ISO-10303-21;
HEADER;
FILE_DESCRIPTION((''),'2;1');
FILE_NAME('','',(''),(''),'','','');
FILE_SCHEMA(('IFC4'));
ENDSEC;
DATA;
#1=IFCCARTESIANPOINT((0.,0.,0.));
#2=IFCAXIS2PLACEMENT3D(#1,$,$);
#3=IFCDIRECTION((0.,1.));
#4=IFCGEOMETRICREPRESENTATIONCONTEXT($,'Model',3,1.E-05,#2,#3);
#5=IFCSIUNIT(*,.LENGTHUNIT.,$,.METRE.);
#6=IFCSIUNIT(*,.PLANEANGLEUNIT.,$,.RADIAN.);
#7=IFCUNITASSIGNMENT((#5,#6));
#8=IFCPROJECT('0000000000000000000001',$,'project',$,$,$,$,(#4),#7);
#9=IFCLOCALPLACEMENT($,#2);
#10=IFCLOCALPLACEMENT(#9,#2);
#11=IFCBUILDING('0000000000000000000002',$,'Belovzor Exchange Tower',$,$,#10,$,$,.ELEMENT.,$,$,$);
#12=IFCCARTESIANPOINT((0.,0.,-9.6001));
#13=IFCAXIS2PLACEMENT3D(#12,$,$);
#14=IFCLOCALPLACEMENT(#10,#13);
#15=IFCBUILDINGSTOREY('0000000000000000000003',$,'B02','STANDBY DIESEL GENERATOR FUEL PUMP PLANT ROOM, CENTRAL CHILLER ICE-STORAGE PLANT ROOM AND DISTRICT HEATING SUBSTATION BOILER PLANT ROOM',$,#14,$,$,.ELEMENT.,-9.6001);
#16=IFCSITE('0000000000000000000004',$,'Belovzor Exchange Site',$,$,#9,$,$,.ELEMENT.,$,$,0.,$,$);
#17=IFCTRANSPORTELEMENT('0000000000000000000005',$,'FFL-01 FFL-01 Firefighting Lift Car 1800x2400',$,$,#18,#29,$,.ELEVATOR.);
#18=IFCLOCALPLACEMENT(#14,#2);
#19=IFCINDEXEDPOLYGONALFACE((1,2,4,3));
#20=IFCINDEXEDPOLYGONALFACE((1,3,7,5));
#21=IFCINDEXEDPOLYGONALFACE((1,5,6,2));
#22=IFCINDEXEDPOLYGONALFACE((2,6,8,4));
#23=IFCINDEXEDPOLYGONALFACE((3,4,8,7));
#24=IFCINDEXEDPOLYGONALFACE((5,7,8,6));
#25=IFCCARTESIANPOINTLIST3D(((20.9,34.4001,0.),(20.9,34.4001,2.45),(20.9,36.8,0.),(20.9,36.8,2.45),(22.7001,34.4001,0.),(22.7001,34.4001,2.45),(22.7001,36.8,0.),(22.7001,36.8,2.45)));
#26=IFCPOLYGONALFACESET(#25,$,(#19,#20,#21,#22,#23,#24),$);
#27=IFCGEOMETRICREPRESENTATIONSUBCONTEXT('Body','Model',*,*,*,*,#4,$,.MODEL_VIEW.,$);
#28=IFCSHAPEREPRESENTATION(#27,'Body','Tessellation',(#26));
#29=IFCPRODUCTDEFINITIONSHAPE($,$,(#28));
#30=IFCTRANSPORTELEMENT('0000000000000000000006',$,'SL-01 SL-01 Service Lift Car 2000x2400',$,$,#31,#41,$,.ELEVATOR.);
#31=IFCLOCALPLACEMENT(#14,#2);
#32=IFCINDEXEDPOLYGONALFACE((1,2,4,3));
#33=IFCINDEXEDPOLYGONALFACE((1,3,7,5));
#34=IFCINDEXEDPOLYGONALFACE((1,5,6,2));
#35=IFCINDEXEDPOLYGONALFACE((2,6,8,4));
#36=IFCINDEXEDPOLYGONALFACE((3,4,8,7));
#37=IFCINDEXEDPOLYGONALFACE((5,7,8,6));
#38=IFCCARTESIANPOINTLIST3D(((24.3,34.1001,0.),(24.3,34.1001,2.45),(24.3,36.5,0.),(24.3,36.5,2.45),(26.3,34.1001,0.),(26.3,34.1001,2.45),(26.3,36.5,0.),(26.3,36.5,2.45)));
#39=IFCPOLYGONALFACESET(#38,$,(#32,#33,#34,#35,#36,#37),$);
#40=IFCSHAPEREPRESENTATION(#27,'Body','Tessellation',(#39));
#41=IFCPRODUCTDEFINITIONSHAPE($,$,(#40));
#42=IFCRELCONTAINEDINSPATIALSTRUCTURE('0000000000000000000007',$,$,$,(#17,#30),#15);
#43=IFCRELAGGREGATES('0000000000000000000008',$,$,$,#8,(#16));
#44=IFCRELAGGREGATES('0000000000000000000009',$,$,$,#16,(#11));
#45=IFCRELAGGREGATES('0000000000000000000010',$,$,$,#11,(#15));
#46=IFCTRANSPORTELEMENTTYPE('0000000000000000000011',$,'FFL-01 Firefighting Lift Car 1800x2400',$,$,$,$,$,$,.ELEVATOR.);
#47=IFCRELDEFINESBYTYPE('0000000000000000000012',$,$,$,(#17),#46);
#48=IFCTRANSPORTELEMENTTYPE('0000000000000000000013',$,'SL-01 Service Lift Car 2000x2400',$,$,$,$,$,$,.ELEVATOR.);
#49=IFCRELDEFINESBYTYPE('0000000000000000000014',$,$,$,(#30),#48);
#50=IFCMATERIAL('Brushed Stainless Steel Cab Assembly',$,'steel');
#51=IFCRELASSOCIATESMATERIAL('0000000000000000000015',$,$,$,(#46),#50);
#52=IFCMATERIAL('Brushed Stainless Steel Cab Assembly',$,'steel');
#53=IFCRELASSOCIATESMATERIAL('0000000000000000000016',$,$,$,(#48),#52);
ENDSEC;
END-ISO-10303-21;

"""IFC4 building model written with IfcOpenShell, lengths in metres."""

from ifc_helpers import new_model, si_unit, direction, frame, origin, origin_2d, place, context, subcontext, project, spatial, rectangle, extrude, material, type_object, element, save


model = new_model("IFC4")

# Units and contexts
model_context = context("Model", 3, precision=1e-05, world=origin(), true_north=direction((0.0, 1.0)))
body_context = subcontext(model_context, "Body", "Model", "MODEL_VIEW")
ifc_project = project(units=[si_unit("LENGTHUNIT", "METRE"), si_unit("PLANEANGLEUNIT", "RADIAN")], contexts=[model_context])

# Site, building, storey
site_placement = place(None, origin())
site = spatial("IfcSite", under=ifc_project, at=site_placement, Name="Belovzor Exchange Site", CompositionType="ELEMENT", RefElevation=0.0)
building_placement = place(site_placement, origin())
building = spatial("IfcBuilding", under=site, at=building_placement, Name="Belovzor Exchange Tower", CompositionType="ELEMENT")
storey_placement = place(building_placement, frame((0.0, 0.0, -9.6001)))
storey = spatial("IfcBuildingStorey", under=building, at=storey_placement, Name="B02", Description="STANDBY DIESEL GENERATOR FUEL PUMP PLANT ROOM, CENTRAL CHILLER ICE-STORAGE PLANT ROOM AND DISTRICT HEATING SUBSTATION BOILER PLANT ROOM", CompositionType="ELEMENT", Elevation=-9.6001)

# Transport elements
ifc_material_1 = material(Name="Brushed Stainless Steel Cab Assembly", Category="steel")
transport_element_type_1 = type_object("IfcTransportElementType", Name="FFL-01 Firefighting Lift Car 1800x2400", PredefinedType="ELEVATOR", material=ifc_material_1)
transport_element_1_placement = place(storey_placement, frame((21.8, 35.6001, 0.0), z_axis=(0.0, 0.0, 1.0), x_axis=(1.0, 0.0, 0.0)))
element("IfcTransportElement", 1, at=transport_element_1_placement, inside=storey, type_object=transport_element_type_1, Name="FFL-01 FFL-01 Firefighting Lift Car 1800x2400", PredefinedType="ELEVATOR", context=body_context, shape_type="SweptSolid", body=[
    extrude(rectangle(XDim=1.8, YDim=2.3999, at=origin_2d()), origin(), (0.0, 0.0, 1.0), 2.45),
])
ifc_material_2 = material(Name="Brushed Stainless Steel Cab Assembly", Category="steel")
transport_element_type_2 = type_object("IfcTransportElementType", Name="SL-01 Service Lift Car 2000x2400", PredefinedType="ELEVATOR", material=ifc_material_2)
transport_element_2_placement = place(storey_placement, frame((25.3, 35.3, 0.0), z_axis=(0.0, 0.0, 1.0), x_axis=(1.0, 0.0, 0.0)))
element("IfcTransportElement", 2, at=transport_element_2_placement, inside=storey, type_object=transport_element_type_2, Name="SL-01 SL-01 Service Lift Car 2000x2400", PredefinedType="ELEVATOR", context=body_context, shape_type="SweptSolid", body=[
    extrude(rectangle(XDim=2.0, YDim=2.3999, at=origin_2d()), origin(), (0.0, 0.0, 1.0), 2.45),
])

save(model, "model.ifc")
